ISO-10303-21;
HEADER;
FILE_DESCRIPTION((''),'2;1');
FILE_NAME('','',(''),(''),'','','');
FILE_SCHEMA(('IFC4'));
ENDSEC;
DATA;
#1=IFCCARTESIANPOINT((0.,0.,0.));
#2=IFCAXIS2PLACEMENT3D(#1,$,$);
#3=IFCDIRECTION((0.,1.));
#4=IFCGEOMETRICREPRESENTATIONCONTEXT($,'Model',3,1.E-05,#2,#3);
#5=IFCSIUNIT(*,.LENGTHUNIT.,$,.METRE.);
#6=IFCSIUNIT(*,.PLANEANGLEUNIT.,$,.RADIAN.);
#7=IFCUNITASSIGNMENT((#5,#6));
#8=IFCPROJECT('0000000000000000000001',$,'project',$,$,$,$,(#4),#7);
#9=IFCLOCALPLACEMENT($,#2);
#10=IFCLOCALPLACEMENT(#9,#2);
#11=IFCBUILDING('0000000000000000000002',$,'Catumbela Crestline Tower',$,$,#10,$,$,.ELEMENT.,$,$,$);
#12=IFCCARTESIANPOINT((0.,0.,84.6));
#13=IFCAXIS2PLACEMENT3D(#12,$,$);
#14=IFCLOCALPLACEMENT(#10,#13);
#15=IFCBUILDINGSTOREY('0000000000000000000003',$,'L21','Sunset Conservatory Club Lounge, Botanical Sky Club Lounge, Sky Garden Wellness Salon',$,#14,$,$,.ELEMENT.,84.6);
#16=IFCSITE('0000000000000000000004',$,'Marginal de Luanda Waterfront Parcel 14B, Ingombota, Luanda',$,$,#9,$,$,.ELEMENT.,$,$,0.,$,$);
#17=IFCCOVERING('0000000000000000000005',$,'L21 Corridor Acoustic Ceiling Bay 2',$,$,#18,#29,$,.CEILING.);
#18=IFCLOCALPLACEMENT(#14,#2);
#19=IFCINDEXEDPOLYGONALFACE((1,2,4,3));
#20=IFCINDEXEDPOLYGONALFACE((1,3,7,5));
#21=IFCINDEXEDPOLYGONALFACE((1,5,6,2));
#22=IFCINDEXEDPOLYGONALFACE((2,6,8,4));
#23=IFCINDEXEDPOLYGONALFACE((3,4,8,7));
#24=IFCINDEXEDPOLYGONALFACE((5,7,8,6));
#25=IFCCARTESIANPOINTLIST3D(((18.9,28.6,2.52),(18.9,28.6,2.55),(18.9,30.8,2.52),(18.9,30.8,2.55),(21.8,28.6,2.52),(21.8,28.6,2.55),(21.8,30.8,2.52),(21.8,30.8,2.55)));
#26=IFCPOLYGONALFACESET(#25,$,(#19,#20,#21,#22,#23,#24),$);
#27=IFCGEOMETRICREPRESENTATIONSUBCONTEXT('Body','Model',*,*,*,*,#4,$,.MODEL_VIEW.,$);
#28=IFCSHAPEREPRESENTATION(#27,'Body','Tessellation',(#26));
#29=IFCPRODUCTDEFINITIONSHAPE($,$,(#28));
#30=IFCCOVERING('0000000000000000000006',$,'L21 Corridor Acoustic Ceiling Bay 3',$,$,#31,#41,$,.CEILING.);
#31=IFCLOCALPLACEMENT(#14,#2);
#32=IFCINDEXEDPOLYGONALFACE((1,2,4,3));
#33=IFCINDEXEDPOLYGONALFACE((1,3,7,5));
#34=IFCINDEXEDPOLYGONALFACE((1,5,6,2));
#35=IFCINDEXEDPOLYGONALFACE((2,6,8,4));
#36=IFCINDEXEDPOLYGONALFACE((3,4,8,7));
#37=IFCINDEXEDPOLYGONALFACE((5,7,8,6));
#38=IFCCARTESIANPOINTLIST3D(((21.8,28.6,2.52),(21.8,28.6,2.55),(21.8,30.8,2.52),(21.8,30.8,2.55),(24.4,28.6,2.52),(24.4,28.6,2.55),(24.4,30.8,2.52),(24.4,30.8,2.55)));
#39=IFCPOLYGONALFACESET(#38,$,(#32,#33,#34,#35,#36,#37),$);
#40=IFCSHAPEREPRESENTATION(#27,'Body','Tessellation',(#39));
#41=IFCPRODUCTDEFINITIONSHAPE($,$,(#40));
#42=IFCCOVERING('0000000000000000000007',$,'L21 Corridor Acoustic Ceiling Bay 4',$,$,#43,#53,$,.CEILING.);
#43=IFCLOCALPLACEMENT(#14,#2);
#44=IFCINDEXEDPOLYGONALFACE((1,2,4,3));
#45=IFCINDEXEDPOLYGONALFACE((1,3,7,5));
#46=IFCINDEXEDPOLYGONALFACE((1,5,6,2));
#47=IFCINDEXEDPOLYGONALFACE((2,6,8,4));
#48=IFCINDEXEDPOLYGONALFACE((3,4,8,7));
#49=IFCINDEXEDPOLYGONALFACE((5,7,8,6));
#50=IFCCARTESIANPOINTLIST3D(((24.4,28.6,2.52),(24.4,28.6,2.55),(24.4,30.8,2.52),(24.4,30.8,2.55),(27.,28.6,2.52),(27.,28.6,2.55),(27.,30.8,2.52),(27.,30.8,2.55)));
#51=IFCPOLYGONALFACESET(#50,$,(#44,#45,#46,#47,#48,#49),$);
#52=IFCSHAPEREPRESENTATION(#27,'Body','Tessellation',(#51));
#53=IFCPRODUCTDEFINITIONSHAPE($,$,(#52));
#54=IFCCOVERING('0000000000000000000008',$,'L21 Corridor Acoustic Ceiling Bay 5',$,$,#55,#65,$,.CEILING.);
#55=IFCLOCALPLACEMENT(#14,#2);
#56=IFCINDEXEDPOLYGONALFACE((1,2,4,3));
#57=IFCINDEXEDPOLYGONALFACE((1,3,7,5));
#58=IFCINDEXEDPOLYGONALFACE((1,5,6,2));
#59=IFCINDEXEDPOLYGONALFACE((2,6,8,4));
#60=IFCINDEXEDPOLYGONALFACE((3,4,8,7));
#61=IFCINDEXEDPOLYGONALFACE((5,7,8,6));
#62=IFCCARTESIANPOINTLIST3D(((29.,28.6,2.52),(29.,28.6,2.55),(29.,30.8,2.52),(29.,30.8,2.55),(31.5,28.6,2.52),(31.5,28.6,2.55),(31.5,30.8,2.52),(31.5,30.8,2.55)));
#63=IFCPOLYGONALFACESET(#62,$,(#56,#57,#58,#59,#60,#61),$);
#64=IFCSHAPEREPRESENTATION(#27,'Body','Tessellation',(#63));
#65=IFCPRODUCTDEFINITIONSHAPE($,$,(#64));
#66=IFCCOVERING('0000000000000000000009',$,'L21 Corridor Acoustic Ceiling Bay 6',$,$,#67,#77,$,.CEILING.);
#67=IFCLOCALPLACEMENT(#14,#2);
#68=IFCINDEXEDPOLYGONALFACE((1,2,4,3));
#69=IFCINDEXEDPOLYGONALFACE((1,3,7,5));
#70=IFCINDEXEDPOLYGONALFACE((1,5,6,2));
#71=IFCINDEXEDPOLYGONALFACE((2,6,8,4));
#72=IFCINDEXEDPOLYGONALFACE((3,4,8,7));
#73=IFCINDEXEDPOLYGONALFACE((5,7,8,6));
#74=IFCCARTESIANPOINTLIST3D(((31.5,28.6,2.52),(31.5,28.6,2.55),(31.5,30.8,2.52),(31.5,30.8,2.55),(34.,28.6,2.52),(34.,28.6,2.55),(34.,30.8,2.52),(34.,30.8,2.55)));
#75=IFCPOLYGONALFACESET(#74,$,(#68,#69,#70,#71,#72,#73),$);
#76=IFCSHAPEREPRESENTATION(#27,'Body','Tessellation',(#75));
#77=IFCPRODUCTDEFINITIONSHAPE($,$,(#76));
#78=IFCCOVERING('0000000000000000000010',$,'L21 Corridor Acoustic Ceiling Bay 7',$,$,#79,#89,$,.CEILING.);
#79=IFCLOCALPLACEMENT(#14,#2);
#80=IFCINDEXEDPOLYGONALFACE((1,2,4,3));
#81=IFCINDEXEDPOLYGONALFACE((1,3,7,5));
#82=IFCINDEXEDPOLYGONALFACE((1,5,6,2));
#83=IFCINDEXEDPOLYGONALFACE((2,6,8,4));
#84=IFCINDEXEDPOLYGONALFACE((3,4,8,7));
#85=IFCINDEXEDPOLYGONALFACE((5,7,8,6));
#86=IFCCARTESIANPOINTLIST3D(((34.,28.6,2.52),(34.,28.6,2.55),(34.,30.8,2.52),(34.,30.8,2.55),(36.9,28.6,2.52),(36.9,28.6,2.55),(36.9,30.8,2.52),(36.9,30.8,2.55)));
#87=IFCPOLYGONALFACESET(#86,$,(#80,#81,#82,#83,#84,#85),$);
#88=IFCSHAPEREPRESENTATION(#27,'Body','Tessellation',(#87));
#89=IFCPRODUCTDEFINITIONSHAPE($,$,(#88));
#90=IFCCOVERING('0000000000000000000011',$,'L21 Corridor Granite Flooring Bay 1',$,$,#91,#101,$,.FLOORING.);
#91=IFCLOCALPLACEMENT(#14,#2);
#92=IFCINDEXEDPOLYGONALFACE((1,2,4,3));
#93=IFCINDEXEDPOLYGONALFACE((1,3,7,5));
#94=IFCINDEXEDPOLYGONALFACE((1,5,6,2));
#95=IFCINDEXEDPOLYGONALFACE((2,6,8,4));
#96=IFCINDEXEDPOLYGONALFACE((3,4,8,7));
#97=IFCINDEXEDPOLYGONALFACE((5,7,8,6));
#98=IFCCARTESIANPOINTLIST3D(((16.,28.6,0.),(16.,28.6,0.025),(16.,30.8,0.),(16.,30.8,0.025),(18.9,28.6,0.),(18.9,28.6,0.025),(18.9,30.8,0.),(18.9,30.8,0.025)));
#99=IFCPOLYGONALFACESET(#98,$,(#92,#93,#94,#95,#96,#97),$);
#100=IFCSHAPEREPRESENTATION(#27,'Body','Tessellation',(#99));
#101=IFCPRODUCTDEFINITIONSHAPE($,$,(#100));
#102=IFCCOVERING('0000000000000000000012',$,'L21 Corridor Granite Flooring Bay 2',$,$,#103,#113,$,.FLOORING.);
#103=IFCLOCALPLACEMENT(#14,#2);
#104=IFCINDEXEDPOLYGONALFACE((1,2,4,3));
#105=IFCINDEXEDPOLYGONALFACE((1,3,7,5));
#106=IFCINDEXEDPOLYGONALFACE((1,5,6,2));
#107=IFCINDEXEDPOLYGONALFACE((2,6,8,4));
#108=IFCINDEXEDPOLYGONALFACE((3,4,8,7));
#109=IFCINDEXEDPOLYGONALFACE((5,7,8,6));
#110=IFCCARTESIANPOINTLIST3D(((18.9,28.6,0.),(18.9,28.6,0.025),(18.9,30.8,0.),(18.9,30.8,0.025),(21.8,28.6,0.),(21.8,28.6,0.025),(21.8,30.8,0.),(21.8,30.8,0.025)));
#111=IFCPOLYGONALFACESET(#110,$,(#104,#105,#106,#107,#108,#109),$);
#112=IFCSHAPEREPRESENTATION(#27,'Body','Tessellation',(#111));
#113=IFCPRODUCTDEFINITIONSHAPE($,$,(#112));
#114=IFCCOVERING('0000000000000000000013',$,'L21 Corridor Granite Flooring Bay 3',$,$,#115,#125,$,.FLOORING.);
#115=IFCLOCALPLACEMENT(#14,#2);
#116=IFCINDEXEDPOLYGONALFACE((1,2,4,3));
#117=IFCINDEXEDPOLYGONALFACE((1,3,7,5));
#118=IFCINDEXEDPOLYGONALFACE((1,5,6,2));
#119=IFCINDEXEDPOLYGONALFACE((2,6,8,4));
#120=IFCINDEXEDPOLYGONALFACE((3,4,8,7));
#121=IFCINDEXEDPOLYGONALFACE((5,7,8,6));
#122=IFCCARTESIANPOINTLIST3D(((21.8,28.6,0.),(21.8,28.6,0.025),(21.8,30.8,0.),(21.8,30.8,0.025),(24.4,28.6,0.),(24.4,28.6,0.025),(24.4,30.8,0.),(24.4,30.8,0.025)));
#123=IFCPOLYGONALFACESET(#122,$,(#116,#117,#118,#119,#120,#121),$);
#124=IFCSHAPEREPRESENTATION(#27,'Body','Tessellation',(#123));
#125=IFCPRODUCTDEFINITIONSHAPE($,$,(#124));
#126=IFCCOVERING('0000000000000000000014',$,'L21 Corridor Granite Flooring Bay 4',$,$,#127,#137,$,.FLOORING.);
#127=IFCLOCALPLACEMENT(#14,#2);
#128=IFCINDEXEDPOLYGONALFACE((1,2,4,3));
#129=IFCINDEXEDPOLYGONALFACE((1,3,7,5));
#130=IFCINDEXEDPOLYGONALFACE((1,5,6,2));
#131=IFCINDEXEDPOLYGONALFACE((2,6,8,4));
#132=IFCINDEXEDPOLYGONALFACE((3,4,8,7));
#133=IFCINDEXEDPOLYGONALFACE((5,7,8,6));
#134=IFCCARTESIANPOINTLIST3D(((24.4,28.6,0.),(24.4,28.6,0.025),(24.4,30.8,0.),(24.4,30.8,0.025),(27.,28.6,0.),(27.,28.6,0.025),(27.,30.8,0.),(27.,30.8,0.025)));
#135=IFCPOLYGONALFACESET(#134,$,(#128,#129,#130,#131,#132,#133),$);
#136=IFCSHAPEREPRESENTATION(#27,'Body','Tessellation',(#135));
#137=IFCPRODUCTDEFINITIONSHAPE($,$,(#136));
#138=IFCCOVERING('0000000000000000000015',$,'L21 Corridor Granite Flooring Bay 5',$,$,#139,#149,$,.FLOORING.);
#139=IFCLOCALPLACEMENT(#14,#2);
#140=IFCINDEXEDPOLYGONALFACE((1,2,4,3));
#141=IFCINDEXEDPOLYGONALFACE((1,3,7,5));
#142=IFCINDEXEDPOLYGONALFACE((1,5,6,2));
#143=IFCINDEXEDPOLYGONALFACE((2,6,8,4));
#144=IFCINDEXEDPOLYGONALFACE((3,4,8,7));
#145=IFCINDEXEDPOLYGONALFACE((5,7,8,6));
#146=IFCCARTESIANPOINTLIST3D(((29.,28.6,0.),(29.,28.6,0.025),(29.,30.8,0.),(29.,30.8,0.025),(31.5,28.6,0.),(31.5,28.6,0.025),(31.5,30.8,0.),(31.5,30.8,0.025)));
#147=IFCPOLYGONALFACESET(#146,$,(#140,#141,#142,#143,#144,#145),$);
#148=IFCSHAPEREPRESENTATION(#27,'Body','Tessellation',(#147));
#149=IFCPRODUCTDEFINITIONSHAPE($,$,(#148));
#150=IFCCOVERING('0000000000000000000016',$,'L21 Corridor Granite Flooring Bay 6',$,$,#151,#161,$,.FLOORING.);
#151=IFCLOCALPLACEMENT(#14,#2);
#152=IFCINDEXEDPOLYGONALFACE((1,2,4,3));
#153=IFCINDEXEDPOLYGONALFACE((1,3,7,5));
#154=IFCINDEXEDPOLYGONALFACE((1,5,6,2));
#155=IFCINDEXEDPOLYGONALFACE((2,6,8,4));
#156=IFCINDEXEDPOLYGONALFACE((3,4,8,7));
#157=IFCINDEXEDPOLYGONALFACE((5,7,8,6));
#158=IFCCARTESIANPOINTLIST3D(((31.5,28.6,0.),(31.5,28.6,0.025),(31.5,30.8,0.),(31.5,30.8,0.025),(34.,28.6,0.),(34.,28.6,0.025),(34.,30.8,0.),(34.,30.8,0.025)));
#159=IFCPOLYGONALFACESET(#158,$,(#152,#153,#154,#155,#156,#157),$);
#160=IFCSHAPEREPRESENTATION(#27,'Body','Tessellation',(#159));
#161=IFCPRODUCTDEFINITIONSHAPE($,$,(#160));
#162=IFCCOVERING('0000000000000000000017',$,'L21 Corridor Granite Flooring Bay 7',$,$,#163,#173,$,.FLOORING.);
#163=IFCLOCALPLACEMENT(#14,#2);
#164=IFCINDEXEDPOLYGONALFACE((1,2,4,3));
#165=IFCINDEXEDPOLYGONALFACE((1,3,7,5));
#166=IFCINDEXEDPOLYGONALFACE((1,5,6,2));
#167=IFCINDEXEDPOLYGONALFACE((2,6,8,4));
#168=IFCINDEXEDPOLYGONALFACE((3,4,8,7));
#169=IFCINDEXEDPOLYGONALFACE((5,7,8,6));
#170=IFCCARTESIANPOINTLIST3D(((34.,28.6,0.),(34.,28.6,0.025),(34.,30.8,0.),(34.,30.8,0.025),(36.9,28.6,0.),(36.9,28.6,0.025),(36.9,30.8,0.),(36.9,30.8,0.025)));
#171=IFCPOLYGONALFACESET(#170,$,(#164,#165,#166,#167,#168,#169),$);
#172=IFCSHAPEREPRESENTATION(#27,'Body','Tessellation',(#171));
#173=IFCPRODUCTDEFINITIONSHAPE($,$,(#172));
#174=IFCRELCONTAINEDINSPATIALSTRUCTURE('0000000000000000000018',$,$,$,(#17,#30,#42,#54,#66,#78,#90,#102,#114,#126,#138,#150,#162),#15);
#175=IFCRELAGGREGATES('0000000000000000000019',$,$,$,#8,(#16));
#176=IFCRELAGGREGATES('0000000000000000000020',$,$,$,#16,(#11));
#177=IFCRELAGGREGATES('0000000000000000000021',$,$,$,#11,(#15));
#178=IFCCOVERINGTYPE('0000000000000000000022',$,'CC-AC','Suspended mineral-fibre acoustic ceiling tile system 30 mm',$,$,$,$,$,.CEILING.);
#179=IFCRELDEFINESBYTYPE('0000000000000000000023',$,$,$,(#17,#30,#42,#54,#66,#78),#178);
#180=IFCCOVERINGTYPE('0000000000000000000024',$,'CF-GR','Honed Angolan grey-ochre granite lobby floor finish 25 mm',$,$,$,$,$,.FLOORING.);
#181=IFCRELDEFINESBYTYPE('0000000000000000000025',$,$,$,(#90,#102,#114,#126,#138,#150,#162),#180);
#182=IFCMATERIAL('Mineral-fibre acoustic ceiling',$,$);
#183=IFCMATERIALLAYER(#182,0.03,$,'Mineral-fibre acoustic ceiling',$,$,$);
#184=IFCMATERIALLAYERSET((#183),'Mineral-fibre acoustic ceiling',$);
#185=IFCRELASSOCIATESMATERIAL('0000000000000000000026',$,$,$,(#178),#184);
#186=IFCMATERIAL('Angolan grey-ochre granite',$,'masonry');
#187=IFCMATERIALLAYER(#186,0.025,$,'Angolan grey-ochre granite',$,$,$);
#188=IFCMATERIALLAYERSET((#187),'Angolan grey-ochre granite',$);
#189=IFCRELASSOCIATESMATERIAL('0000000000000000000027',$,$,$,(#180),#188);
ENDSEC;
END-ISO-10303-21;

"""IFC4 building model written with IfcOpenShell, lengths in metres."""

from ifc_helpers import new_model, si_unit, direction, frame, origin, place, context, subcontext, project, spatial, polyline, outline, extrude, material, layer, layer_set, type_object, element, save


model = new_model("IFC4")

# Units and contexts
model_context = context("Model", 3, precision=1e-05, world=origin(), true_north=direction((0.0, 1.0)))
body_context = subcontext(model_context, "Body", "Model", "MODEL_VIEW")
ifc_project = project(units=[si_unit("LENGTHUNIT", "METRE"), si_unit("PLANEANGLEUNIT", "RADIAN")], contexts=[model_context])

# Site, building, storey
site_placement = place(None, origin())
site = spatial("IfcSite", under=ifc_project, at=site_placement, Name="Marginal de Luanda Waterfront Parcel 14B, Ingombota, Luanda", CompositionType="ELEMENT", RefElevation=0.0)
building_placement = place(site_placement, origin())
building = spatial("IfcBuilding", under=site, at=building_placement, Name="Catumbela Crestline Tower", CompositionType="ELEMENT")
storey_placement = place(building_placement, frame((0.0, 0.0, 84.6)))
storey = spatial("IfcBuildingStorey", under=building, at=storey_placement, Name="L21", Description="Sunset Conservatory Club Lounge, Botanical Sky Club Lounge, Sky Garden Wellness Salon", CompositionType="ELEMENT", Elevation=84.6)

# Shared definitions
ifc_material_1 = material(Name="Angolan grey-ochre granite", Category="masonry")

# Coverings
ifc_material_2 = material(Name="Mineral-fibre acoustic ceiling")
ifc_layer_1 = layer(ifc_material_2, 0.03, Name="Mineral-fibre acoustic ceiling")
ifc_layer_set_1 = layer_set([ifc_layer_1], Name="Mineral-fibre acoustic ceiling")
covering_type_1 = type_object("IfcCoveringType", Name="CC-AC", Description="Suspended mineral-fibre acoustic ceiling tile system 30 mm", PredefinedType="CEILING", material=ifc_layer_set_1)
covering_1_placement = place(storey_placement, frame((0.0, 0.0, 2.52)))
element("IfcCovering", 1, at=covering_1_placement, inside=storey, type_object=covering_type_1, Name="L21 Corridor Acoustic Ceiling Bay 2", PredefinedType="CEILING", context=body_context, shape_type="SweptSolid", body=[
    extrude(outline(polyline([(18.9, 28.6), (21.8, 28.6), (21.8, 30.8), (18.9, 30.8), (18.9, 28.6)])), origin(), (0.0, 0.0, 1.0), 0.03),
])
covering_2_placement = place(storey_placement, frame((0.0, 0.0, 2.52)))
element("IfcCovering", 2, at=covering_2_placement, inside=storey, type_object=covering_type_1, Name="L21 Corridor Acoustic Ceiling Bay 3", PredefinedType="CEILING", context=body_context, shape_type="SweptSolid", body=[
    extrude(outline(polyline([(21.8, 28.6), (24.4, 28.6), (24.4, 30.8), (21.8, 30.8), (21.8, 28.6)])), origin(), (0.0, 0.0, 1.0), 0.03),
])
covering_3_placement = place(storey_placement, frame((0.0, 0.0, 2.52)))
element("IfcCovering", 3, at=covering_3_placement, inside=storey, type_object=covering_type_1, Name="L21 Corridor Acoustic Ceiling Bay 4", PredefinedType="CEILING", context=body_context, shape_type="SweptSolid", body=[
    extrude(outline(polyline([(24.4, 28.6), (27.0, 28.6), (27.0, 30.8), (24.4, 30.8), (24.4, 28.6)])), origin(), (0.0, 0.0, 1.0), 0.03),
])
covering_4_placement = place(storey_placement, frame((0.0, 0.0, 2.52)))
element("IfcCovering", 4, at=covering_4_placement, inside=storey, type_object=covering_type_1, Name="L21 Corridor Acoustic Ceiling Bay 5", PredefinedType="CEILING", context=body_context, shape_type="SweptSolid", body=[
    extrude(outline(polyline([(29.0, 28.6), (31.5, 28.6), (31.5, 30.8), (29.0, 30.8), (29.0, 28.6)])), origin(), (0.0, 0.0, 1.0), 0.03),
])
covering_5_placement = place(storey_placement, frame((0.0, 0.0, 2.52)))
element("IfcCovering", 5, at=covering_5_placement, inside=storey, type_object=covering_type_1, Name="L21 Corridor Acoustic Ceiling Bay 6", PredefinedType="CEILING", context=body_context, shape_type="SweptSolid", body=[
    extrude(outline(polyline([(31.5, 28.6), (34.0, 28.6), (34.0, 30.8), (31.5, 30.8), (31.5, 28.6)])), origin(), (0.0, 0.0, 1.0), 0.03),
])
covering_6_placement = place(storey_placement, frame((0.0, 0.0, 2.52)))
element("IfcCovering", 6, at=covering_6_placement, inside=storey, type_object=covering_type_1, Name="L21 Corridor Acoustic Ceiling Bay 7", PredefinedType="CEILING", context=body_context, shape_type="SweptSolid", body=[
    extrude(outline(polyline([(34.0, 28.6), (36.9, 28.6), (36.9, 30.8), (34.0, 30.8), (34.0, 28.6)])), origin(), (0.0, 0.0, 1.0), 0.03),
])
ifc_layer_2 = layer(ifc_material_1, 0.025, Name="Angolan grey-ochre granite")
ifc_layer_set_2 = layer_set([ifc_layer_2], Name="Angolan grey-ochre granite")
covering_type_2 = type_object("IfcCoveringType", Name="CF-GR", Description="Honed Angolan grey-ochre granite lobby floor finish 25 mm", PredefinedType="FLOORING", material=ifc_layer_set_2)
covering_7_placement = place(storey_placement, origin())
element("IfcCovering", 7, at=covering_7_placement, inside=storey, type_object=covering_type_2, Name="L21 Corridor Granite Flooring Bay 1", PredefinedType="FLOORING", context=body_context, shape_type="SweptSolid", body=[
    extrude(outline(polyline([(16.0, 28.6), (18.9, 28.6), (18.9, 30.8), (16.0, 30.8), (16.0, 28.6)])), origin(), (0.0, 0.0, 1.0), 0.025),
])
covering_8_placement = place(storey_placement, origin())
element("IfcCovering", 8, at=covering_8_placement, inside=storey, type_object=covering_type_2, Name="L21 Corridor Granite Flooring Bay 2", PredefinedType="FLOORING", context=body_context, shape_type="SweptSolid", body=[
    extrude(outline(polyline([(18.9, 28.6), (21.8, 28.6), (21.8, 30.8), (18.9, 30.8), (18.9, 28.6)])), origin(), (0.0, 0.0, 1.0), 0.025),
])
covering_9_placement = place(storey_placement, origin())
element("IfcCovering", 9, at=covering_9_placement, inside=storey, type_object=covering_type_2, Name="L21 Corridor Granite Flooring Bay 3", PredefinedType="FLOORING", context=body_context, shape_type="SweptSolid", body=[
    extrude(outline(polyline([(21.8, 28.6), (24.4, 28.6), (24.4, 30.8), (21.8, 30.8), (21.8, 28.6)])), origin(), (0.0, 0.0, 1.0), 0.025),
])
covering_10_placement = place(storey_placement, origin())
element("IfcCovering", 10, at=covering_10_placement, inside=storey, type_object=covering_type_2, Name="L21 Corridor Granite Flooring Bay 4", PredefinedType="FLOORING", context=body_context, shape_type="SweptSolid", body=[
    extrude(outline(polyline([(24.4, 28.6), (27.0, 28.6), (27.0, 30.8), (24.4, 30.8), (24.4, 28.6)])), origin(), (0.0, 0.0, 1.0), 0.025),
])
covering_11_placement = place(storey_placement, origin())
element("IfcCovering", 11, at=covering_11_placement, inside=storey, type_object=covering_type_2, Name="L21 Corridor Granite Flooring Bay 5", PredefinedType="FLOORING", context=body_context, shape_type="SweptSolid", body=[
    extrude(outline(polyline([(29.0, 28.6), (31.5, 28.6), (31.5, 30.8), (29.0, 30.8), (29.0, 28.6)])), origin(), (0.0, 0.0, 1.0), 0.025),
])
covering_12_placement = place(storey_placement, origin())
element("IfcCovering", 12, at=covering_12_placement, inside=storey, type_object=covering_type_2, Name="L21 Corridor Granite Flooring Bay 6", PredefinedType="FLOORING", context=body_context, shape_type="SweptSolid", body=[
    extrude(outline(polyline([(31.5, 28.6), (34.0, 28.6), (34.0, 30.8), (31.5, 30.8), (31.5, 28.6)])), origin(), (0.0, 0.0, 1.0), 0.025),
])
covering_13_placement = place(storey_placement, origin())
element("IfcCovering", 13, at=covering_13_placement, inside=storey, type_object=covering_type_2, Name="L21 Corridor Granite Flooring Bay 7", PredefinedType="FLOORING", context=body_context, shape_type="SweptSolid", body=[
    extrude(outline(polyline([(34.0, 28.6), (36.9, 28.6), (36.9, 30.8), (34.0, 30.8), (34.0, 28.6)])), origin(), (0.0, 0.0, 1.0), 0.025),
])

save(model, "model.ifc")
